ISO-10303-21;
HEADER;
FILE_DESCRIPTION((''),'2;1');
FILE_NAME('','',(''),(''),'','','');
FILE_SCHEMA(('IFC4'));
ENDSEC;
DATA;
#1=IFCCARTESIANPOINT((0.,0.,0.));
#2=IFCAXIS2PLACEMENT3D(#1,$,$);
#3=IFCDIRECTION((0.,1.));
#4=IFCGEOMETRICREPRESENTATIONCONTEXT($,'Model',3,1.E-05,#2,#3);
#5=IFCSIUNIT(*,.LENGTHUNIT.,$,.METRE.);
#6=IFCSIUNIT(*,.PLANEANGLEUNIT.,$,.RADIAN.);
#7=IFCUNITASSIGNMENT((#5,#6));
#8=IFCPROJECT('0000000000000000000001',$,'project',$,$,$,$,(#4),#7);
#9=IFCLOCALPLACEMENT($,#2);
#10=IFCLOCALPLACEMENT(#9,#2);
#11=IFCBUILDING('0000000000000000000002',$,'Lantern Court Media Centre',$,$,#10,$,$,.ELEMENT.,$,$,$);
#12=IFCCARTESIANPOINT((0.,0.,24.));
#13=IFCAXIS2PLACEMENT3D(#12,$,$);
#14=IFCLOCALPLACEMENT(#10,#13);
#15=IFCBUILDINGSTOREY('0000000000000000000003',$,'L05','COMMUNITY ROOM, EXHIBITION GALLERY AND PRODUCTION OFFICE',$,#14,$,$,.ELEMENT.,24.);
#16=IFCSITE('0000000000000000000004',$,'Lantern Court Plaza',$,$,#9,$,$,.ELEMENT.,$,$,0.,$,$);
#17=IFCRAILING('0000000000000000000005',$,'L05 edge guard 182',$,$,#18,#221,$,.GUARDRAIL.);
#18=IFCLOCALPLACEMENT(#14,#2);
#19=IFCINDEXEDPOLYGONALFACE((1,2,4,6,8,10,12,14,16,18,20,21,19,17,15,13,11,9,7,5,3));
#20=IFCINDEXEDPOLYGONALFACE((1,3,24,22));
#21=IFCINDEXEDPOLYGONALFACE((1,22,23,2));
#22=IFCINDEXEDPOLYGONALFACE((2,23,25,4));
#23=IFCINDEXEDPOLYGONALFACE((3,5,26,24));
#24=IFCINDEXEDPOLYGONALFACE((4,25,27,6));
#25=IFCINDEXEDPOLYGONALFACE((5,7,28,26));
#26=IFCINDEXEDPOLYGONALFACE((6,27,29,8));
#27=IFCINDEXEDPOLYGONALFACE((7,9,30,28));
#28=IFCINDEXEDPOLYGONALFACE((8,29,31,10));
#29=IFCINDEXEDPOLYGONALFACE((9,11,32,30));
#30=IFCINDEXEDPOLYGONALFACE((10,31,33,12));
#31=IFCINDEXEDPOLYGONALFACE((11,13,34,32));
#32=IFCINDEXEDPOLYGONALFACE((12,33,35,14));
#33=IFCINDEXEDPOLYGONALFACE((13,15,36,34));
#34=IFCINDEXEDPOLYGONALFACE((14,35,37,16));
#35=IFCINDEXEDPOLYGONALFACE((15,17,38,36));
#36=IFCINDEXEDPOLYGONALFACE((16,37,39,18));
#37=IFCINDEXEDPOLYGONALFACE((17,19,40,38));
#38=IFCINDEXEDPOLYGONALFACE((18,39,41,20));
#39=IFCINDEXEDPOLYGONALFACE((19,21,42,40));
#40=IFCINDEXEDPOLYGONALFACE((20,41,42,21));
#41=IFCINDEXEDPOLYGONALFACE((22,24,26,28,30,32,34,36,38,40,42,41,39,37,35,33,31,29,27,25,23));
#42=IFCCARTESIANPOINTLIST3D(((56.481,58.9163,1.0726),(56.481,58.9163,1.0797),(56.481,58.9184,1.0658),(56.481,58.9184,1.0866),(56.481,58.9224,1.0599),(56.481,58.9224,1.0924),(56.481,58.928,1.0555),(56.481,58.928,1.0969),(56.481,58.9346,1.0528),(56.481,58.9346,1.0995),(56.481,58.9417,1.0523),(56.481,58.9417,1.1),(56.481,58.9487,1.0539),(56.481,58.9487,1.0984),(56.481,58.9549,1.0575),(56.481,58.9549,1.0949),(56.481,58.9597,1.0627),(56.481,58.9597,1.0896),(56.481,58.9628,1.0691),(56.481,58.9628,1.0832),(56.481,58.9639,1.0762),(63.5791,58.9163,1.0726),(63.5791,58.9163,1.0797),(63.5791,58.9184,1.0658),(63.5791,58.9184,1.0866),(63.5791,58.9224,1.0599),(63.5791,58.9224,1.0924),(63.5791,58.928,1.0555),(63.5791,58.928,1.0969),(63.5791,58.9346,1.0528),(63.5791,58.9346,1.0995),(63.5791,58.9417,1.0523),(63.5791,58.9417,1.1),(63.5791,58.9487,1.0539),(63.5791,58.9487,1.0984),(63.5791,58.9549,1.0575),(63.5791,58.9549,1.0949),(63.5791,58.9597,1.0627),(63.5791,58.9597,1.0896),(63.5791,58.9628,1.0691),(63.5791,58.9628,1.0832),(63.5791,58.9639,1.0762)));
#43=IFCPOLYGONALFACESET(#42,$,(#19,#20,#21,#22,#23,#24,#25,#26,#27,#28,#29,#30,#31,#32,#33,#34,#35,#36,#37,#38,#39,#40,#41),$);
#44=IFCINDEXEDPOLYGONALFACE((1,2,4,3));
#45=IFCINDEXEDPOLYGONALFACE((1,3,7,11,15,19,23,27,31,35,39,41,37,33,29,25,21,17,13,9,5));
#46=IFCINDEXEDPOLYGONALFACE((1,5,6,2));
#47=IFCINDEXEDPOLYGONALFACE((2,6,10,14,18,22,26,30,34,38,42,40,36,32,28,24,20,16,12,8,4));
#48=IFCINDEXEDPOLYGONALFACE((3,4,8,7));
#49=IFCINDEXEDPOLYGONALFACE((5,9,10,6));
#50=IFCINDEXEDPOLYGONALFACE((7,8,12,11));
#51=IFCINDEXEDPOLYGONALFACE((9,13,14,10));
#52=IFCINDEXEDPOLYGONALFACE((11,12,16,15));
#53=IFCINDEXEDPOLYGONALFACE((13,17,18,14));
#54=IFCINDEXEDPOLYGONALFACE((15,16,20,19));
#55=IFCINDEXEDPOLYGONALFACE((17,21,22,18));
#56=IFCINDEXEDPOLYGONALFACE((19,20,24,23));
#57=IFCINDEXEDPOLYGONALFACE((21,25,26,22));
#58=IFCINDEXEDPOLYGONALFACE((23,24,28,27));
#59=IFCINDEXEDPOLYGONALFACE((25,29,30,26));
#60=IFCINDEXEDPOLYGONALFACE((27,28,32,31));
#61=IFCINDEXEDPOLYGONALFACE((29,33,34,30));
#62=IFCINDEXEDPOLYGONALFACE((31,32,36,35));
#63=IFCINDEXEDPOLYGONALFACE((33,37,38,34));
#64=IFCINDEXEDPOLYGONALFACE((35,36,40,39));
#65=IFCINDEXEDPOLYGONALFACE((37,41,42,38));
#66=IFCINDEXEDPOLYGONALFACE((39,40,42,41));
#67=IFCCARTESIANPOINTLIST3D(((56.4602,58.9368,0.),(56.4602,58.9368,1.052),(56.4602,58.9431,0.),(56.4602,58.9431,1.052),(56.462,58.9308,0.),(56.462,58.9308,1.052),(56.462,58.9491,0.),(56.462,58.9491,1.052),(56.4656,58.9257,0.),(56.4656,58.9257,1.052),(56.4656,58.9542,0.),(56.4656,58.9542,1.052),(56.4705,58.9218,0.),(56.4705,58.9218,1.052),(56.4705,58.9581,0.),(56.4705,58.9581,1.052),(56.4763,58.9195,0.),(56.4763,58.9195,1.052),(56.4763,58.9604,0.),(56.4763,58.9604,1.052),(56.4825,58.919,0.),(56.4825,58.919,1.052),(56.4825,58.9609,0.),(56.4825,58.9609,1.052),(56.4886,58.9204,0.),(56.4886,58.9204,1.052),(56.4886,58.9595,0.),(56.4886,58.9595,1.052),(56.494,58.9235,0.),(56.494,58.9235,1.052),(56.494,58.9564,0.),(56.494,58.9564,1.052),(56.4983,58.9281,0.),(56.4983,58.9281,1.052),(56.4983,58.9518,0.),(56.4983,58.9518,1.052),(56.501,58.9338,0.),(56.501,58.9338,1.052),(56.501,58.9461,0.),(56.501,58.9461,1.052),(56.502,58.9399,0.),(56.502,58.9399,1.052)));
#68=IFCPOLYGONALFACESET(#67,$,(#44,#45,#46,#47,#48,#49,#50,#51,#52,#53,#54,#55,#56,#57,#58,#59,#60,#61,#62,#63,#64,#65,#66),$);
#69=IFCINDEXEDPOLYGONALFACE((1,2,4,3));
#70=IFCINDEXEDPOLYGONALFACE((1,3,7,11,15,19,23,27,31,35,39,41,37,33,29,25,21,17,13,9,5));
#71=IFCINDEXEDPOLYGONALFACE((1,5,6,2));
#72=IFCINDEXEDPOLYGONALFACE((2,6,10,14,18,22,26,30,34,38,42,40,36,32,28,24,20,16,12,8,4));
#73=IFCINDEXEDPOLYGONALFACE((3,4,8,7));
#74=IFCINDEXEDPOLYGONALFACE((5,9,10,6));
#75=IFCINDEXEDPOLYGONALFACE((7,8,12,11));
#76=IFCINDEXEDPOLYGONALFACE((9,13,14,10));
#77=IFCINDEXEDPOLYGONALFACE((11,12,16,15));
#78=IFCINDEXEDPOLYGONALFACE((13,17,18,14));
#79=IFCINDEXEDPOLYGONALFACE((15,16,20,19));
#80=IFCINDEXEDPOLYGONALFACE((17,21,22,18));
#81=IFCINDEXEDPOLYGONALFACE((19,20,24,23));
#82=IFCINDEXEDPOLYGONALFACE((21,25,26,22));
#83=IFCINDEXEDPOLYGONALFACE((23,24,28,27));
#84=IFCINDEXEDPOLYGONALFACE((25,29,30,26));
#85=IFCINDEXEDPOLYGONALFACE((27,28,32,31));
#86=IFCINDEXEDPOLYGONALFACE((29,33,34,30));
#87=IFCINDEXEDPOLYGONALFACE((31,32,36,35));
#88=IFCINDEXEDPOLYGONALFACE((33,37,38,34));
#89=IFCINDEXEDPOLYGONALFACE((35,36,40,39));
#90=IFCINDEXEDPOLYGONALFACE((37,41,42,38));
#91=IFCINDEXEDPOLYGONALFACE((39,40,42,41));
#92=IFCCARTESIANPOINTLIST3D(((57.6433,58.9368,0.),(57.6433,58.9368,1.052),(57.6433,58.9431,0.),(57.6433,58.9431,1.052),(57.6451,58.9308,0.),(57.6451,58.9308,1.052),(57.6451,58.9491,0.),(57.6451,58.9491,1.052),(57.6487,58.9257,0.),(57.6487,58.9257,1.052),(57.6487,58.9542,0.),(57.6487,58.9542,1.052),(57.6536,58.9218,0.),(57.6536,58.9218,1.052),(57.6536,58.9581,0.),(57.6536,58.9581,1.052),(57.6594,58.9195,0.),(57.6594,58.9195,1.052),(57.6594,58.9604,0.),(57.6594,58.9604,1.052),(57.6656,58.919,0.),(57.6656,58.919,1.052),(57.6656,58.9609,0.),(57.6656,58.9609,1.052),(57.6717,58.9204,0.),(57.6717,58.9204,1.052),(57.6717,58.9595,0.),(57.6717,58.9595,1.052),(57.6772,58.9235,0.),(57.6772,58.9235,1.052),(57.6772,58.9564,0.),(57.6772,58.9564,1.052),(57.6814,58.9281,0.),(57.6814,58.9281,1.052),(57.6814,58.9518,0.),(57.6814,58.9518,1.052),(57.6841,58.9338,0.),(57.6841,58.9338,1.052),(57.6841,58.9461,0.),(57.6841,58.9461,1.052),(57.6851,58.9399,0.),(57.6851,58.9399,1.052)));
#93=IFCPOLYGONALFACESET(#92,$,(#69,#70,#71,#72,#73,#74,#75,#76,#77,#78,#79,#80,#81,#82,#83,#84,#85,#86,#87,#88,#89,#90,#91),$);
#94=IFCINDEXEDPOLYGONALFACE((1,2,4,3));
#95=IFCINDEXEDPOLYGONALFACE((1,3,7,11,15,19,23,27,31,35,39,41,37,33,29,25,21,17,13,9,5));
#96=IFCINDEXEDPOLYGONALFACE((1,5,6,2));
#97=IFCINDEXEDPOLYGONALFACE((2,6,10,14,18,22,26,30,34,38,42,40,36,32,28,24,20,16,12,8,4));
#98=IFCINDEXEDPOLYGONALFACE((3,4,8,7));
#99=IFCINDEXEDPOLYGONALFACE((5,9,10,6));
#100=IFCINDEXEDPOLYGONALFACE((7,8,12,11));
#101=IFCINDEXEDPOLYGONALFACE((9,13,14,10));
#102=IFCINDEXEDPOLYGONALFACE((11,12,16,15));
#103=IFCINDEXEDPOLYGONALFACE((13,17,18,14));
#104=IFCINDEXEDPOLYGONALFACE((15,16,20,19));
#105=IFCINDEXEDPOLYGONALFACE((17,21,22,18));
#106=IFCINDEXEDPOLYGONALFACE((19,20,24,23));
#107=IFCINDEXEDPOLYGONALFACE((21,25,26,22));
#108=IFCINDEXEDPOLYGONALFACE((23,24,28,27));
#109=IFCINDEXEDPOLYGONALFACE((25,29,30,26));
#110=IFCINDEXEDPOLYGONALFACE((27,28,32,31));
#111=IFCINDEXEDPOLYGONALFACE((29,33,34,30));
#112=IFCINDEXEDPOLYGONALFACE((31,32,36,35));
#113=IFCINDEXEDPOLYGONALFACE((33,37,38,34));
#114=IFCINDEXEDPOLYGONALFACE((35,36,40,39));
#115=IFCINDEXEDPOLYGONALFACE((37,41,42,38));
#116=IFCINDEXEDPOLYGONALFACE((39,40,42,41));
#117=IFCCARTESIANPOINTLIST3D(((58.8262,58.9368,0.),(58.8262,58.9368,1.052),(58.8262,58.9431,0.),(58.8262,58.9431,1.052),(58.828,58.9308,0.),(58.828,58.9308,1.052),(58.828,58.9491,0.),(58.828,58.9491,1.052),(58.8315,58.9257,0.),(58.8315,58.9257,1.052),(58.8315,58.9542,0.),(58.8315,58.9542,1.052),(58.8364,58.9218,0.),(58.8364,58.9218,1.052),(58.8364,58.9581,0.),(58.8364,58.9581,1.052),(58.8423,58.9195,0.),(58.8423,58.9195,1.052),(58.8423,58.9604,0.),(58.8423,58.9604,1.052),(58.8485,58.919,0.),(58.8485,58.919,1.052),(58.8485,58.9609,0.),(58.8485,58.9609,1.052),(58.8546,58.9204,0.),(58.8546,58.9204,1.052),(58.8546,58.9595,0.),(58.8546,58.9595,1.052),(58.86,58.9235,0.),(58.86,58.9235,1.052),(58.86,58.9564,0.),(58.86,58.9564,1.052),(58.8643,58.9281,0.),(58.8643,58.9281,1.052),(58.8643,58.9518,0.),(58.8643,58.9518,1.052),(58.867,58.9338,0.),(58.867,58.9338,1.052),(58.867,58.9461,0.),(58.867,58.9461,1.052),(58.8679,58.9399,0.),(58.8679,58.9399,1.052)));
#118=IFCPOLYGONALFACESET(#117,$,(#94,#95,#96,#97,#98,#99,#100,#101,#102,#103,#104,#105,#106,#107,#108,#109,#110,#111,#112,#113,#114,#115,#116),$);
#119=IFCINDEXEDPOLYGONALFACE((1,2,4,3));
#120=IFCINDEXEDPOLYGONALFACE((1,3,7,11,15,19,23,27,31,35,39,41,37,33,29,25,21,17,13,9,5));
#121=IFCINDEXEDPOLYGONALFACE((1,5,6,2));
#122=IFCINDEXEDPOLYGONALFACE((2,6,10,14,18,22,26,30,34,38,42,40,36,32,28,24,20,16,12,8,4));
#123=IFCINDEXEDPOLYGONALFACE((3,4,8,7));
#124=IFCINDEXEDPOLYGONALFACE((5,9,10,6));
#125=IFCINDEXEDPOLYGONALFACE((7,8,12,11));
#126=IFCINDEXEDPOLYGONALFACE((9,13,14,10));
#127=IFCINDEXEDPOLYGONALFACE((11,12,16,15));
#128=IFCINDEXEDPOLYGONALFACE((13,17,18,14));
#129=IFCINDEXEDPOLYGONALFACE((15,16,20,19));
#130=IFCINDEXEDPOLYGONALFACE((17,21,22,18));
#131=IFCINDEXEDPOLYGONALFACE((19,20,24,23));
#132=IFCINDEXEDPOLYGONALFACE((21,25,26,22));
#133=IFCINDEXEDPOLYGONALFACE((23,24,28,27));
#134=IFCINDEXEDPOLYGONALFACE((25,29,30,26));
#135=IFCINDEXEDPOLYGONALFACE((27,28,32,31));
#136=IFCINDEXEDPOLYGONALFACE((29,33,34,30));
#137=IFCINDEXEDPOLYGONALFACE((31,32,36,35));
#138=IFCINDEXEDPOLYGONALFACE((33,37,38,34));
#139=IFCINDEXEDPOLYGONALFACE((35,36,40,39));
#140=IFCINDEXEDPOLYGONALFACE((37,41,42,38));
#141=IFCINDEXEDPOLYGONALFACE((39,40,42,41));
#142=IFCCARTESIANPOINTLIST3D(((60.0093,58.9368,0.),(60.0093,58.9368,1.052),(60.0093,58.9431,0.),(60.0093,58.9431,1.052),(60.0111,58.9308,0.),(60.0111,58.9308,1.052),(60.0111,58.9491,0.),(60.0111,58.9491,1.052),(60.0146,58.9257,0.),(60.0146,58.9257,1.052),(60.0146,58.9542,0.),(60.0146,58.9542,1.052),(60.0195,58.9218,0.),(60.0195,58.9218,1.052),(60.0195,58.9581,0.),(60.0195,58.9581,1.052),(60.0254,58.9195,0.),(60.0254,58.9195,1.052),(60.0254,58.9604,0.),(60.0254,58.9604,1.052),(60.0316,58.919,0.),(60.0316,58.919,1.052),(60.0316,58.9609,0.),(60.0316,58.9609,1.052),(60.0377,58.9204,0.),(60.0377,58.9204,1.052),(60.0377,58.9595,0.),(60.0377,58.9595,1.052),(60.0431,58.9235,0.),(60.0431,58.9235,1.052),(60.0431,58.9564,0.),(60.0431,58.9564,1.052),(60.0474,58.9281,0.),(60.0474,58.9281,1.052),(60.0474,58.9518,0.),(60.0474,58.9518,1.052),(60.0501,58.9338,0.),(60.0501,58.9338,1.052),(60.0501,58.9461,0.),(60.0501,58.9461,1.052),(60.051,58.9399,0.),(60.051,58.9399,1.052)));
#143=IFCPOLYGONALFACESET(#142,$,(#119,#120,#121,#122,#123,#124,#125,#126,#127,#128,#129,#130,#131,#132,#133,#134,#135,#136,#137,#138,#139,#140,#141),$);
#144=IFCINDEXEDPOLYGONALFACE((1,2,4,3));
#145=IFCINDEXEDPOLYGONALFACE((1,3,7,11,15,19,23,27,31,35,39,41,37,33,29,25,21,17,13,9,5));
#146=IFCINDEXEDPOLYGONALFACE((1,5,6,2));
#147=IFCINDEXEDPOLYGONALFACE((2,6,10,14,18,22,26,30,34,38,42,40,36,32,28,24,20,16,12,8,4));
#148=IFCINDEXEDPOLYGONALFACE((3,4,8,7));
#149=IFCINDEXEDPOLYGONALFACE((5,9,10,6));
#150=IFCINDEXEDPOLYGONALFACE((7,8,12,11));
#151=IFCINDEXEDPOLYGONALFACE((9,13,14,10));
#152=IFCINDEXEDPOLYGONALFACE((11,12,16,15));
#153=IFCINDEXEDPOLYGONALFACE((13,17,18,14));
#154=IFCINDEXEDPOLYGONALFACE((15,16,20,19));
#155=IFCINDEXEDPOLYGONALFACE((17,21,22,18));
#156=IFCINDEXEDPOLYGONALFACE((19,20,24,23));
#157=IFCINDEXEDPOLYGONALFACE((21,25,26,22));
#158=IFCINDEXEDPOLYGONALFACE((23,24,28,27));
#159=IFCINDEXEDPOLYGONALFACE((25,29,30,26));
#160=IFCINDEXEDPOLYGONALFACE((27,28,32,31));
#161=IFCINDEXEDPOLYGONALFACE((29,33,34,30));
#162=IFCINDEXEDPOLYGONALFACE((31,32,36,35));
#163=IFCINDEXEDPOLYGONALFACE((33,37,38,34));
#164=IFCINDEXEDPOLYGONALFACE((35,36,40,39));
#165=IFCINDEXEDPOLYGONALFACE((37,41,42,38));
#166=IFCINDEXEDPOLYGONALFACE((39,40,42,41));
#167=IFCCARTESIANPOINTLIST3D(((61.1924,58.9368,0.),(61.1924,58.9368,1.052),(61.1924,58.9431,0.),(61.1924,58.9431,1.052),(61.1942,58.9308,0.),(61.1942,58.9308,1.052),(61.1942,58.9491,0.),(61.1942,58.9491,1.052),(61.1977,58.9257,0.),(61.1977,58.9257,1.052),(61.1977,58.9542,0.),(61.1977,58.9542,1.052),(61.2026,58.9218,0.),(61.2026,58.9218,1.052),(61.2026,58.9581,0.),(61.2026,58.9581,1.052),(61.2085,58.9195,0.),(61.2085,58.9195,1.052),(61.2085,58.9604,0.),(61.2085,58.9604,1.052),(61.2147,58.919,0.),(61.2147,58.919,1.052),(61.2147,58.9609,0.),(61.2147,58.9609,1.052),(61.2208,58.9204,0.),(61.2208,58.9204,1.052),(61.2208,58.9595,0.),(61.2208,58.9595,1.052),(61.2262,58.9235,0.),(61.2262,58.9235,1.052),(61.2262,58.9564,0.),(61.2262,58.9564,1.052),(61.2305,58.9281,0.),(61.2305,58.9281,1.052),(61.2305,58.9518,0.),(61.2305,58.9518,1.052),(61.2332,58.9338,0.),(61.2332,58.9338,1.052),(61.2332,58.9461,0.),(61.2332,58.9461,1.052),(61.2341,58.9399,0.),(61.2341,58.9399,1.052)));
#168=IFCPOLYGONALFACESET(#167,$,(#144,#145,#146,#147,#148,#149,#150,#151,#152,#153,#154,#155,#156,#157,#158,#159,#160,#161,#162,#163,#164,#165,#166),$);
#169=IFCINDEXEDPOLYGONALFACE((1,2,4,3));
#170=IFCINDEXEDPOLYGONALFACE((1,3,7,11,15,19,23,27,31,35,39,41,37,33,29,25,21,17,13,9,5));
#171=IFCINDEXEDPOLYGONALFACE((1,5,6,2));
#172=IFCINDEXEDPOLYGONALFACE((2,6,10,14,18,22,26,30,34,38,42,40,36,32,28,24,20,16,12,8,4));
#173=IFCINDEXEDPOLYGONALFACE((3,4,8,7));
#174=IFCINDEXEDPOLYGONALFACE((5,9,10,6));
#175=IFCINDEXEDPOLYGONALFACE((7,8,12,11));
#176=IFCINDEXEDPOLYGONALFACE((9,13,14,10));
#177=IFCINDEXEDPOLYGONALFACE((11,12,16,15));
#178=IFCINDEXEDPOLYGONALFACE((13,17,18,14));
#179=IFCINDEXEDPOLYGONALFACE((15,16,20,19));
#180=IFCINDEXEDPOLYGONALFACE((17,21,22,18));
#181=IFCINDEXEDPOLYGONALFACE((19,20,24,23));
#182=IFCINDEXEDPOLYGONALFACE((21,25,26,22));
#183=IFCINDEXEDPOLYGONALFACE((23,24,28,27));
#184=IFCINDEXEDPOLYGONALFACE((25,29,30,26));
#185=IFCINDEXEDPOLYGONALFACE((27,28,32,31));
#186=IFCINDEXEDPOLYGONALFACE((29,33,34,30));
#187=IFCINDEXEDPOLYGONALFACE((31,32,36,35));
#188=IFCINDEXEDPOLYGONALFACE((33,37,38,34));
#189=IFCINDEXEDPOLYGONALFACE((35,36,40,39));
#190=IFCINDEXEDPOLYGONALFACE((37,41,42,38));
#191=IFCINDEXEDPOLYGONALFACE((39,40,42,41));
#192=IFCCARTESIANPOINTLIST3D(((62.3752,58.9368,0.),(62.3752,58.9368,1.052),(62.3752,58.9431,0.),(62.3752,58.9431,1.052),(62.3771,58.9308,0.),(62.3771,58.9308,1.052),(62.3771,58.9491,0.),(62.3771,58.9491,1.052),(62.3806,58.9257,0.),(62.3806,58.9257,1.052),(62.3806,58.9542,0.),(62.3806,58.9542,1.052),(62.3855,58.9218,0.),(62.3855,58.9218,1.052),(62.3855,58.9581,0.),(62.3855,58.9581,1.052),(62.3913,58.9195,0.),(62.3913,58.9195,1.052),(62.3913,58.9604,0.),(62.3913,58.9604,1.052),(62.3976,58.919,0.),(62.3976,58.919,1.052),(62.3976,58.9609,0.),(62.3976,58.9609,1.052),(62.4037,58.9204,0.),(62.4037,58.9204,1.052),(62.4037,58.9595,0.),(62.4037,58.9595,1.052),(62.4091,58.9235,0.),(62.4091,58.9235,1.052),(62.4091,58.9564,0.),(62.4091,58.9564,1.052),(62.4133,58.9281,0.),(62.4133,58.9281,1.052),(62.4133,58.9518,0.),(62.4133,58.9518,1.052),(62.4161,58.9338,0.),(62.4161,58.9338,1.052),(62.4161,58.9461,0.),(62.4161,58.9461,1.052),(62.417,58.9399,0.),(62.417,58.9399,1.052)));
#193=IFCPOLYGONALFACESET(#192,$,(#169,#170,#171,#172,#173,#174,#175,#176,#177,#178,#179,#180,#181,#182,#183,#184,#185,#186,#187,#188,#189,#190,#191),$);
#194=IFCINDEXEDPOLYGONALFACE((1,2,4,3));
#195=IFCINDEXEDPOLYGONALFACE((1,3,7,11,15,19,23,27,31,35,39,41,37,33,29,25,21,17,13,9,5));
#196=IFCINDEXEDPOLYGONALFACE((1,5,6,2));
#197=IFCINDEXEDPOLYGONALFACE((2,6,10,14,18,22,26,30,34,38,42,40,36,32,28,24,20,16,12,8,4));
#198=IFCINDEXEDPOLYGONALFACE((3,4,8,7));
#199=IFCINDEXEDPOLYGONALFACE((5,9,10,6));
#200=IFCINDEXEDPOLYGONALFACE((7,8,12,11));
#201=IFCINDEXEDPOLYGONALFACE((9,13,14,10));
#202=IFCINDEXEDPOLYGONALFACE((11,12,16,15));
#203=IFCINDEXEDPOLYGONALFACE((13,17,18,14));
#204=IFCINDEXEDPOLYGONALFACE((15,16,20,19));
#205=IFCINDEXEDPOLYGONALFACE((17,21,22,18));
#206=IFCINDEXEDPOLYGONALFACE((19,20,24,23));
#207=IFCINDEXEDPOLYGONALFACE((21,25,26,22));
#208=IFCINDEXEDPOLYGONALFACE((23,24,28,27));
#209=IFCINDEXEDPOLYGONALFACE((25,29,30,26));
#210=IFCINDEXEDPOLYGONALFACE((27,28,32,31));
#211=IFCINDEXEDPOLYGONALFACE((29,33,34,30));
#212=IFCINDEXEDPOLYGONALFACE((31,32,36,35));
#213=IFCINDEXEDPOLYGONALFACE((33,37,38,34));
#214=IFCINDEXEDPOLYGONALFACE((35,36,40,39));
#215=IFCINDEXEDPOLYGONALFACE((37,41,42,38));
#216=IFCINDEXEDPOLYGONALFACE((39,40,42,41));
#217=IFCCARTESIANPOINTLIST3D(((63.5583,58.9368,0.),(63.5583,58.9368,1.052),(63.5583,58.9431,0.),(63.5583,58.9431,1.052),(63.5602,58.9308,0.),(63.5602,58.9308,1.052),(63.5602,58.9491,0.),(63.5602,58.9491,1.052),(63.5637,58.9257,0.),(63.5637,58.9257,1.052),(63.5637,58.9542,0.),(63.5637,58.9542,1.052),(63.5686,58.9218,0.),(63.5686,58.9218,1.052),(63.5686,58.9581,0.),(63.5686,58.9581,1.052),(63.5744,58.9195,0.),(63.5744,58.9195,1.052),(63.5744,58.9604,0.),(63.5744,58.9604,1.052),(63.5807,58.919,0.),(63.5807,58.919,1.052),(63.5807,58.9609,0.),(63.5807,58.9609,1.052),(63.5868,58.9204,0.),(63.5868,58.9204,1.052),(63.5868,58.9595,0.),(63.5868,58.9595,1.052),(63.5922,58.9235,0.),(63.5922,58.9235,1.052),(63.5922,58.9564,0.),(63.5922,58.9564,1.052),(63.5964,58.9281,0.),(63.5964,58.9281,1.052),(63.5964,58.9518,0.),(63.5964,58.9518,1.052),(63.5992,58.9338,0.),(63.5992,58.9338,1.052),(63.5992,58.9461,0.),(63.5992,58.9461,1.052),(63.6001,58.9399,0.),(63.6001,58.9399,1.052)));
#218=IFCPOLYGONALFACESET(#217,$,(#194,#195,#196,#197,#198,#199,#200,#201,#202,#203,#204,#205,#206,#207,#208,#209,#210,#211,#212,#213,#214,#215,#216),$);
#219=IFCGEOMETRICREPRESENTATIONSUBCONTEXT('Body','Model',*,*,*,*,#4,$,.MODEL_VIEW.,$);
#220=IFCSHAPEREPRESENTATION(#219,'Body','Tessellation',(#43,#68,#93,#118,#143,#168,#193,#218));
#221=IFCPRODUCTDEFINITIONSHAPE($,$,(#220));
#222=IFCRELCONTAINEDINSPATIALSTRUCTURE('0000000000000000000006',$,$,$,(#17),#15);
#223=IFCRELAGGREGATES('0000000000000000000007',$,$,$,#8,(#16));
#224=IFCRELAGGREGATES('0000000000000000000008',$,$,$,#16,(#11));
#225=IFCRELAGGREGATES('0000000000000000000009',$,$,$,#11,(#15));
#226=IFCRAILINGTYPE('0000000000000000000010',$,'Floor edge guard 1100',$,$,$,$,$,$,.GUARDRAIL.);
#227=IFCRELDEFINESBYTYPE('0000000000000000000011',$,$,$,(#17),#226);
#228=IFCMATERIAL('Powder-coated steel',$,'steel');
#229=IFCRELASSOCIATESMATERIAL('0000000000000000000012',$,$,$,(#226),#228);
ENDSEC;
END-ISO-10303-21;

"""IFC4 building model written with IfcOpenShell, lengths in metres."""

from ifc_helpers import new_model, si_unit, direction, frame, origin, origin_2d, place, context, subcontext, project, spatial, circle, extrude, material, type_object, element, save


model = new_model("IFC4")

# Units and contexts
model_context = context("Model", 3, precision=1e-05, world=origin(), true_north=direction((0.0, 1.0)))
body_context = subcontext(model_context, "Body", "Model", "MODEL_VIEW")
ifc_project = project(units=[si_unit("LENGTHUNIT", "METRE"), si_unit("PLANEANGLEUNIT", "RADIAN")], contexts=[model_context])

# Site, building, storey
site_placement = place(None, origin())
site = spatial("IfcSite", under=ifc_project, at=site_placement, Name="Lantern Court Plaza", CompositionType="ELEMENT", RefElevation=0.0)
building_placement = place(site_placement, origin())
building = spatial("IfcBuilding", under=site, at=building_placement, Name="Lantern Court Media Centre", CompositionType="ELEMENT")
storey_placement = place(building_placement, frame((0.0, 0.0, 24.0)))
storey = spatial("IfcBuildingStorey", under=building, at=storey_placement, Name="L05", Description="COMMUNITY ROOM, EXHIBITION GALLERY AND PRODUCTION OFFICE", CompositionType="ELEMENT", Elevation=24.0)

# Railing
ifc_material_1 = material(Name="Powder-coated steel", Category="steel")
railing_type_1 = type_object("IfcRailingType", Name="Floor edge guard 1100", PredefinedType="GUARDRAIL", material=ifc_material_1)
railing_1_placement = place(storey_placement, frame((56.481, 58.9399, 0.0)))
element("IfcRailing", 1, at=railing_1_placement, inside=storey, type_object=railing_type_1, Name="L05 edge guard 182", PredefinedType="GUARDRAIL", context=body_context, shape_type="SweptSolid", body=[
    extrude(circle(Radius=0.0239, at=origin_2d()), frame((0.0, 0.0, 1.0762), z_axis=(1.0, 0.0, 0.0), x_axis=(0.0, 1.0, 0.0)), (0.0, 0.0, 1.0), 7.0981),
    extrude(circle(Radius=0.021, at=origin_2d()), origin(), (0.0, 0.0, 1.0), 1.052),
    extrude(circle(Radius=0.021, at=origin_2d()), frame((1.1831, 0.0, 0.0)), (0.0, 0.0, 1.0), 1.052),
    extrude(circle(Radius=0.021, at=origin_2d()), frame((2.366, 0.0, 0.0)), (0.0, 0.0, 1.0), 1.052),
    extrude(circle(Radius=0.021, at=origin_2d()), frame((3.5491, 0.0, 0.0)), (0.0, 0.0, 1.0), 1.052),
    extrude(circle(Radius=0.021, at=origin_2d()), frame((4.7322, 0.0, 0.0)), (0.0, 0.0, 1.0), 1.052),
    extrude(circle(Radius=0.021, at=origin_2d()), frame((5.915, 0.0, 0.0)), (0.0, 0.0, 1.0), 1.052),
    extrude(circle(Radius=0.021, at=origin_2d()), frame((7.0981, 0.0, 0.0)), (0.0, 0.0, 1.0), 1.052),
])

save(model, "model.ifc")
